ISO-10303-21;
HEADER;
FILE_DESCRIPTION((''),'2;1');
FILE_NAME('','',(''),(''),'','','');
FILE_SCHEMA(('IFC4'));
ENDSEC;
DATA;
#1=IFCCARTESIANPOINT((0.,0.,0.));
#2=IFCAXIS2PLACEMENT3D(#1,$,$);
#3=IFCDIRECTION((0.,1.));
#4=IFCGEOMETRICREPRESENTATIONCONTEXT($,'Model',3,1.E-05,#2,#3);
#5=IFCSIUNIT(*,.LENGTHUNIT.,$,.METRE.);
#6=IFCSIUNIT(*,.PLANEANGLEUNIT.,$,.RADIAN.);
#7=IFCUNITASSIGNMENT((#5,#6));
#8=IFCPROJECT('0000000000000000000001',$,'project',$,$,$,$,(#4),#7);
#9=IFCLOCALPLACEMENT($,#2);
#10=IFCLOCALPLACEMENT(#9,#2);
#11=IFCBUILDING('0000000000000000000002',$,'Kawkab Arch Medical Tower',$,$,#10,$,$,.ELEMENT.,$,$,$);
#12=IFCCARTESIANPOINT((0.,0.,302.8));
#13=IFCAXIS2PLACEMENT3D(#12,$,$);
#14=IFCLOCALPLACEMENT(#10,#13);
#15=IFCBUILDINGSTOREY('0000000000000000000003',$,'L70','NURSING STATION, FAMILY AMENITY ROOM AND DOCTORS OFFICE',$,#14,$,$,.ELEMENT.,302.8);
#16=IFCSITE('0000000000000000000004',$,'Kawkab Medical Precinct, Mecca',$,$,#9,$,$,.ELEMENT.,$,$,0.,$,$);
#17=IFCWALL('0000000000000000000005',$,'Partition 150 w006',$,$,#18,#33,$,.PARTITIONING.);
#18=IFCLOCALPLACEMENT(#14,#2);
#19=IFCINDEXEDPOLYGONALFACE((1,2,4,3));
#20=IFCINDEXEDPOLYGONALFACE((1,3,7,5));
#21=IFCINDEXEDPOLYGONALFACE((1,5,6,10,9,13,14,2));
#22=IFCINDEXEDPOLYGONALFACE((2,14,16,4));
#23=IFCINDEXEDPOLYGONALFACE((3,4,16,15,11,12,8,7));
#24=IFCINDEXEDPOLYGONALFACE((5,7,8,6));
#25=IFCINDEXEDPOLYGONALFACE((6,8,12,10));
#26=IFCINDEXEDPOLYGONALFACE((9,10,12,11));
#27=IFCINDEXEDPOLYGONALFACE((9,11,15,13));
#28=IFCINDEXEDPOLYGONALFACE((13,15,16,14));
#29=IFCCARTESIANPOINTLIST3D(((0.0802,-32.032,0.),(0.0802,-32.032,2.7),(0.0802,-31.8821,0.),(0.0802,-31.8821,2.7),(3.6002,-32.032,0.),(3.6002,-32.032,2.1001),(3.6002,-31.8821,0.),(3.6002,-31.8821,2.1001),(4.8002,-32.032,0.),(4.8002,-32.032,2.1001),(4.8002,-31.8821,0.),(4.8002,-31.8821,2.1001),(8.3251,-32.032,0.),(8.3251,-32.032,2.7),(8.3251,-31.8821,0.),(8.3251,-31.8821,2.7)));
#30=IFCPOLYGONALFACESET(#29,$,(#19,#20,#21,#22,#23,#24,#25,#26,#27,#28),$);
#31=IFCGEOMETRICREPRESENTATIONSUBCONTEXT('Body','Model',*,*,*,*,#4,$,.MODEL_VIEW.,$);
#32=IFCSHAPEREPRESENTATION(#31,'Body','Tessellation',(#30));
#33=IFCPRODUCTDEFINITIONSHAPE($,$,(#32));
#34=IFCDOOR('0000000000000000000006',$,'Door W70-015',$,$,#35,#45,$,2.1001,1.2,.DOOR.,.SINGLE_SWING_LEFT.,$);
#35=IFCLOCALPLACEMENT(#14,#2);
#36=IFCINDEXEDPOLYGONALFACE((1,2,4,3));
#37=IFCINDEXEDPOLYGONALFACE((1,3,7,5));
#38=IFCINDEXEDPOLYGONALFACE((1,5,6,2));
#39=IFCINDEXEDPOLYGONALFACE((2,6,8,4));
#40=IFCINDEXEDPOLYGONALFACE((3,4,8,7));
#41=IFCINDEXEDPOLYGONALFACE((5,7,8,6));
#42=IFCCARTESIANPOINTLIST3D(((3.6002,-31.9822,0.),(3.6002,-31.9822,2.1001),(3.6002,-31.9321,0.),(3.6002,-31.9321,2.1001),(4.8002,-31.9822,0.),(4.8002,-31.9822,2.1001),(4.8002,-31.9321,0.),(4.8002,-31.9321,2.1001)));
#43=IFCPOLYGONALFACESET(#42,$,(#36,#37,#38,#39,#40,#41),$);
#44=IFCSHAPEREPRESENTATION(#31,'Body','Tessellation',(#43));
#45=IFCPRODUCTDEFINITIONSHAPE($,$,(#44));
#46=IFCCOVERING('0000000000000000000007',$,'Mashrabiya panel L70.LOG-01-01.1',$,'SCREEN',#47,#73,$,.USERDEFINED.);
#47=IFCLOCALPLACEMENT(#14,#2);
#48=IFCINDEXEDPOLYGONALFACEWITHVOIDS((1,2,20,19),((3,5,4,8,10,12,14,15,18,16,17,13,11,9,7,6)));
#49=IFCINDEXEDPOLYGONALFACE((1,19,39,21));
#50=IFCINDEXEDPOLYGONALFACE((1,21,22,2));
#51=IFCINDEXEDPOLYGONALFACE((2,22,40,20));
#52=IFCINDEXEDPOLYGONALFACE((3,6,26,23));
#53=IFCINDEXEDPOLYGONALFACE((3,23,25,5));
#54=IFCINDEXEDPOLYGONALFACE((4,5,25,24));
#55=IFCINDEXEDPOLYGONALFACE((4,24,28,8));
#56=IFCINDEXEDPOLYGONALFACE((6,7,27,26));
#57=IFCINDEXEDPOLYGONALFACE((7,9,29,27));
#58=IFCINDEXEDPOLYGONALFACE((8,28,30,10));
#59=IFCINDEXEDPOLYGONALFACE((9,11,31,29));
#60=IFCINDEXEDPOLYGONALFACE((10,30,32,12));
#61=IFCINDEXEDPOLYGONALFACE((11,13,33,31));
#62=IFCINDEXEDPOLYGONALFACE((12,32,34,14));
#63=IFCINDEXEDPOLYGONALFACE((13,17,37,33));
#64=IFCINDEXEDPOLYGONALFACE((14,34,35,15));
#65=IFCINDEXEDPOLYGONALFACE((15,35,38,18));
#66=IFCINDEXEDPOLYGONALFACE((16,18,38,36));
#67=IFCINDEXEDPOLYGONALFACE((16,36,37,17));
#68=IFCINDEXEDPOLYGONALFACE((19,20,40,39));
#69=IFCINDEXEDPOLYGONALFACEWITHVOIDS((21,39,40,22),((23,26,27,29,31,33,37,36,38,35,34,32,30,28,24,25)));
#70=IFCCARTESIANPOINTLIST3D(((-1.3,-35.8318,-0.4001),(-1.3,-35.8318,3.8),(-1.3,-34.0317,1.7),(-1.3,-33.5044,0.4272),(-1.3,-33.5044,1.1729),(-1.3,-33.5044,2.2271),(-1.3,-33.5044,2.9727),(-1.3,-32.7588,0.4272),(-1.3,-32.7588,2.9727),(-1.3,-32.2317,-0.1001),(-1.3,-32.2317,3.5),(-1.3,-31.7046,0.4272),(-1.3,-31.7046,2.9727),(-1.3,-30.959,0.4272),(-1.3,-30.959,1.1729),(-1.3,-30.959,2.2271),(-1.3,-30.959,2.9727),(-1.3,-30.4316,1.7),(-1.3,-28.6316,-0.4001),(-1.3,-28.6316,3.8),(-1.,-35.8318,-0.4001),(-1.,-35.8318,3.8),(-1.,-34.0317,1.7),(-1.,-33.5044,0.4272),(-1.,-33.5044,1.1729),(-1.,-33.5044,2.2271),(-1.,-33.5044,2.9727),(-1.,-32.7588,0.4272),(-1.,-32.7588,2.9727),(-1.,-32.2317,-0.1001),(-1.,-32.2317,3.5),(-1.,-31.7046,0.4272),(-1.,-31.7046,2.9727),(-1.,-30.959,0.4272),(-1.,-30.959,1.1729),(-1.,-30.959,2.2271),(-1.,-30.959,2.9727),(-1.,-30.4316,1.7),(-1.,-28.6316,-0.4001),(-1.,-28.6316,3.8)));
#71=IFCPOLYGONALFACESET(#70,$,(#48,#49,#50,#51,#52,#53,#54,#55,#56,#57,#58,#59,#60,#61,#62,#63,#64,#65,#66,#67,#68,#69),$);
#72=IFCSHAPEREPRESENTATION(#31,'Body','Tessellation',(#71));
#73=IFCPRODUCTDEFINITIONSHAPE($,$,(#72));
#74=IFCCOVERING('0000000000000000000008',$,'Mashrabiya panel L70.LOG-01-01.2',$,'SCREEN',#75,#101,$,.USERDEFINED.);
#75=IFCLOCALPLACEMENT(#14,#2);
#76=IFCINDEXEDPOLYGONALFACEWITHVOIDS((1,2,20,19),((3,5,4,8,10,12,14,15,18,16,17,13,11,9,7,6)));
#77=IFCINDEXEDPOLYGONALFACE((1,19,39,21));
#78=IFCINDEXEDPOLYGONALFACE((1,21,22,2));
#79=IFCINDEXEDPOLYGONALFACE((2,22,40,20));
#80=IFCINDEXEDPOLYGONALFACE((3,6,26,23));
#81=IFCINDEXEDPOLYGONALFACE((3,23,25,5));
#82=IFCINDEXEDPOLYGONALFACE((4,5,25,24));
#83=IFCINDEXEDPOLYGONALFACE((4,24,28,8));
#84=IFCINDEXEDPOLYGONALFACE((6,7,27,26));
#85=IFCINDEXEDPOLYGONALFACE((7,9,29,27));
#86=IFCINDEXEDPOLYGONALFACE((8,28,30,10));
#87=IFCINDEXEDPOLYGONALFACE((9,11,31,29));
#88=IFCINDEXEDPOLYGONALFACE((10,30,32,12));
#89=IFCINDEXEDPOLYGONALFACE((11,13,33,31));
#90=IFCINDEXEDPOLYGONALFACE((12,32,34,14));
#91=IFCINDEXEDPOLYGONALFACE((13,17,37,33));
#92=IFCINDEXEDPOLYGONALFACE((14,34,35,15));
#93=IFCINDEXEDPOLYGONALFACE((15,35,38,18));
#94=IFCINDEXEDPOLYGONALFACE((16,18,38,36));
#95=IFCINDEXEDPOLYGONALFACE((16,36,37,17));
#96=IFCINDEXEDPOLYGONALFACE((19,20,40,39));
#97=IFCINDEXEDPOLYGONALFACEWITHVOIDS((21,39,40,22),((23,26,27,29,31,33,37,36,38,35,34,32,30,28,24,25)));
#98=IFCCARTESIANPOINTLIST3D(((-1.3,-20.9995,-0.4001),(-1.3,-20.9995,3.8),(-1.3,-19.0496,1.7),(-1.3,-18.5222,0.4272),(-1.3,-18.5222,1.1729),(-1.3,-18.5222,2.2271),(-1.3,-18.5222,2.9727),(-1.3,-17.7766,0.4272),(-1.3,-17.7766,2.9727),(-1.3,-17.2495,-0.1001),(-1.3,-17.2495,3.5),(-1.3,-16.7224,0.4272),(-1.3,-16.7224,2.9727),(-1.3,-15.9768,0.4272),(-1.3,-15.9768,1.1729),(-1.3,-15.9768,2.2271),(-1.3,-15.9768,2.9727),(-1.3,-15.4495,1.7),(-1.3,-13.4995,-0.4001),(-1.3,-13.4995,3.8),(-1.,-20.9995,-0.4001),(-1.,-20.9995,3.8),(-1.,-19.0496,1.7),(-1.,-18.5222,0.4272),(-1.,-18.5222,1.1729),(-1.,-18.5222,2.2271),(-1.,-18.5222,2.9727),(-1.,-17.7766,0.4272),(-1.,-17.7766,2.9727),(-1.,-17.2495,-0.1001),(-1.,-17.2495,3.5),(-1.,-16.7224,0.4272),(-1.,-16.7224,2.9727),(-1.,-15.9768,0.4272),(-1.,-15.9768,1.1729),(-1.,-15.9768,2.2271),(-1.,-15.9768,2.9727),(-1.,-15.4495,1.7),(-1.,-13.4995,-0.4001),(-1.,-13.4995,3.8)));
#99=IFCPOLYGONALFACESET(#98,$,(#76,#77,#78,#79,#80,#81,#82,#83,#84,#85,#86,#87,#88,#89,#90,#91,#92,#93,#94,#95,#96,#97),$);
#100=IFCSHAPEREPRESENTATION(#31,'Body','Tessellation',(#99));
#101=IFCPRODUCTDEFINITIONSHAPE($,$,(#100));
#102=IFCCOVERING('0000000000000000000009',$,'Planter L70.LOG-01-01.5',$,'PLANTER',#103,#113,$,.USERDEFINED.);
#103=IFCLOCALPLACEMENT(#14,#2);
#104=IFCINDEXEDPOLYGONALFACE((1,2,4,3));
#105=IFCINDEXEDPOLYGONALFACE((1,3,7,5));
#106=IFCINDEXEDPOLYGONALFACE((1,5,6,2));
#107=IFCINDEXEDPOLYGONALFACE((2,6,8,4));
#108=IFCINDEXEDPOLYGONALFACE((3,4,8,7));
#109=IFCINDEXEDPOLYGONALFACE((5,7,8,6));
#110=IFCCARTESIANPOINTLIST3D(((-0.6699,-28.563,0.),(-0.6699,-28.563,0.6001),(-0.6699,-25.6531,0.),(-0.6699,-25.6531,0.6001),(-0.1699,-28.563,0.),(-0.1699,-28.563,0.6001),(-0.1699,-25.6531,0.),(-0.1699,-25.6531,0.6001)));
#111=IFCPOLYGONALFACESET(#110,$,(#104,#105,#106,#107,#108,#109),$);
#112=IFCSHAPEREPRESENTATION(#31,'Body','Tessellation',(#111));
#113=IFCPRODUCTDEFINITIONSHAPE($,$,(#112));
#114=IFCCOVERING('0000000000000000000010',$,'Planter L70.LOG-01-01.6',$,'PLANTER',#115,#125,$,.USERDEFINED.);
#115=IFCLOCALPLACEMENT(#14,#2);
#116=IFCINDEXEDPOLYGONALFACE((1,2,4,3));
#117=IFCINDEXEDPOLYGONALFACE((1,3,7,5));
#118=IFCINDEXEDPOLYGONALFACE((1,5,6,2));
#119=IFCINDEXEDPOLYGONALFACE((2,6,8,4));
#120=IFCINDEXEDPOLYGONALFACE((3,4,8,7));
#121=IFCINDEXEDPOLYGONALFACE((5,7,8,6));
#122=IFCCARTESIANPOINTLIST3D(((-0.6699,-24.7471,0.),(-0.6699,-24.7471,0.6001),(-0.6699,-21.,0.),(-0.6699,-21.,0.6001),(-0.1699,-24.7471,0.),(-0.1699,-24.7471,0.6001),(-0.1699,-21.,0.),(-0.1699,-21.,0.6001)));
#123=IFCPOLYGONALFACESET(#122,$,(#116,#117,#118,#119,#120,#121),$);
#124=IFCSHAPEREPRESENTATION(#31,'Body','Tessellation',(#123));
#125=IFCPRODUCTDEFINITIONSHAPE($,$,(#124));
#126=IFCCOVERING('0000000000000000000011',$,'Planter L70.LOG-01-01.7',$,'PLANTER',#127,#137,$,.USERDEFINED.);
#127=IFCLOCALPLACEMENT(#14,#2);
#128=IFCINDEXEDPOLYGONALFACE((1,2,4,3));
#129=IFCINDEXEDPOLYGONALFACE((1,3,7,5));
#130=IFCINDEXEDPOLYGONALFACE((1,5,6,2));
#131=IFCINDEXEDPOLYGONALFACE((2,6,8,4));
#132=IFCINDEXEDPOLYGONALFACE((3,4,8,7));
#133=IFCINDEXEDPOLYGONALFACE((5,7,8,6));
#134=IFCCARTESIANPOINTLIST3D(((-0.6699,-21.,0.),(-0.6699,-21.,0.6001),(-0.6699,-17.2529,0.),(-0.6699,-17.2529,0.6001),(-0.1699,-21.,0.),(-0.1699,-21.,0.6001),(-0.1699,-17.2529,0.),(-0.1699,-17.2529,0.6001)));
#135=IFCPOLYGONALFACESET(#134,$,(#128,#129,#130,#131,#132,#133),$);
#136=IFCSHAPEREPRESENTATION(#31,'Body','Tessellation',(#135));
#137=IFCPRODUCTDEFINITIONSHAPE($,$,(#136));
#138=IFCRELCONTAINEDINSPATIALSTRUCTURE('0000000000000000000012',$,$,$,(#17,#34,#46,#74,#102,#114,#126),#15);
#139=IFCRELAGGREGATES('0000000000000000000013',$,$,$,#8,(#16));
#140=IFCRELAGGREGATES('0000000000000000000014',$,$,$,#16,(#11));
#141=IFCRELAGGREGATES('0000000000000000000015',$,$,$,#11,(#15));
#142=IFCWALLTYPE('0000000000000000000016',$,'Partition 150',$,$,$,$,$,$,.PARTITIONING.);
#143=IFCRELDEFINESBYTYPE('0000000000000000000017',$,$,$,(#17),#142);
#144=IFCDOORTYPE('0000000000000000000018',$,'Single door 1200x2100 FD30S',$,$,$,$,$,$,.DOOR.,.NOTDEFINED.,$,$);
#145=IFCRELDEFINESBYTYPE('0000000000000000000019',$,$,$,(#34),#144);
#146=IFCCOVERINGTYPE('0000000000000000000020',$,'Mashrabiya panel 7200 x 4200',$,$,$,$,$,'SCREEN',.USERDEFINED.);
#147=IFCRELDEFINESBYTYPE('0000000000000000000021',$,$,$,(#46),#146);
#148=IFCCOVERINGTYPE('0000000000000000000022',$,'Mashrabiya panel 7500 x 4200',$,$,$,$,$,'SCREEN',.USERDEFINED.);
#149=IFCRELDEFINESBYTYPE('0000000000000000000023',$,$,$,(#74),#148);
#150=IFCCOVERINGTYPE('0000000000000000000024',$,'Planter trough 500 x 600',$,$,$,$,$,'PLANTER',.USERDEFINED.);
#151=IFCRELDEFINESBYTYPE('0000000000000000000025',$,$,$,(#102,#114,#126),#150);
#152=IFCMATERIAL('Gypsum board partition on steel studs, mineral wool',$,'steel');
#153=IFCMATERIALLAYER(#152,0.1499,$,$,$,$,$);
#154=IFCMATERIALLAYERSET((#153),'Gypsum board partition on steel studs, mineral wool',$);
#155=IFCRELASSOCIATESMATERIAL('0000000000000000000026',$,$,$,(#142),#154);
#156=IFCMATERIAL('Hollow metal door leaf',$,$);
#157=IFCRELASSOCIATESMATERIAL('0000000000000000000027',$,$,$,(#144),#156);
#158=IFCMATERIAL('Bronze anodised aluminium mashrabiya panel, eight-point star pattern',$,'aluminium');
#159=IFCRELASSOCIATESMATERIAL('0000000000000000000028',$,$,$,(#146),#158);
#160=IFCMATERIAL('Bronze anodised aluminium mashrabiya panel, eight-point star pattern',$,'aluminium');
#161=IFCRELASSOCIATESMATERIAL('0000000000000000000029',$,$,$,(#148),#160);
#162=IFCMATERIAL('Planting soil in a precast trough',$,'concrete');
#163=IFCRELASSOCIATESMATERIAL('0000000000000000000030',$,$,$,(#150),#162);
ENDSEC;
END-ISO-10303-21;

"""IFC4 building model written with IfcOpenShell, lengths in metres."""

from ifc_helpers import new_model, si_unit, direction, frame, frame_2d, origin, origin_2d, place, context, subcontext, project, spatial, polyline, rectangle, outline, extrude, material, layer, layer_set, material_profile, profile_set, type_object, element, fill, save


model = new_model("IFC4")

# Units and contexts
model_context = context("Model", 3, precision=1e-05, world=origin(), true_north=direction((0.0, 1.0)))
body_context = subcontext(model_context, "Body", "Model", "MODEL_VIEW")
ifc_project = project(units=[si_unit("LENGTHUNIT", "METRE"), si_unit("PLANEANGLEUNIT", "RADIAN")], contexts=[model_context])

# Site, building, storey
site_placement = place(None, origin())
site = spatial("IfcSite", under=ifc_project, at=site_placement, Name="Kawkab Medical Precinct, Mecca", CompositionType="ELEMENT", RefElevation=0.0)
building_placement = place(site_placement, origin())
building = spatial("IfcBuilding", under=site, at=building_placement, Name="Kawkab Arch Medical Tower", CompositionType="ELEMENT")
storey_placement = place(building_placement, frame((0.0, 0.0, 302.8)))
storey = spatial("IfcBuildingStorey", under=building, at=storey_placement, Name="L70", Description="NURSING STATION, FAMILY AMENITY ROOM AND DOCTORS OFFICE", CompositionType="ELEMENT", Elevation=302.8)

# Wall, opening, door
ifc_material_1 = material(Name="Gypsum board partition on steel studs, mineral wool", Category="steel")
ifc_layer_1 = layer(ifc_material_1, 0.1499)
ifc_layer_set_1 = layer_set([ifc_layer_1], Name="Gypsum board partition on steel studs, mineral wool")
wall_type = type_object("IfcWallType", Name="Partition 150", PredefinedType="PARTITIONING", material=ifc_layer_set_1)
wall_placement = place(storey_placement, frame((0.0801, -31.957, 0.0), z_axis=(0.0, 0.0, 1.0), x_axis=(1.0, 0.0, 0.0)))
wall = element("IfcWall", 1, at=wall_placement, inside=storey, type_object=wall_type, Name="Partition 150 w006", PredefinedType="PARTITIONING", context=body_context, shape_type="SweptSolid", body=[
    extrude(rectangle(XDim=8.2449, YDim=0.1499, at=frame_2d((4.1226, 0.0))), origin(), (0.0, 0.0, 1.0), 2.7),
])
opening_placement = place(wall_placement, frame((3.52, 0.0, 0.0)))
opening = element("IfcOpeningElement", 2, at=opening_placement, cuts=wall, PredefinedType="OPENING", context=body_context, shape_type="SweptSolid", body=[
    extrude(rectangle(XDim=1.2, YDim=2.1001, at=frame_2d((0.6001, 1.05))), frame((0.0, 0.085, 0.0), z_axis=(0.0, -1.0, 0.0), x_axis=(1.0, 0.0, 0.0)), (0.0, 0.0, 1.0), 0.1699),
])
ifc_material_2 = material(Name="Hollow metal door leaf")
door_type = type_object("IfcDoorType", Name="Single door 1200x2100 FD30S", OperationType="NOTDEFINED", PredefinedType="DOOR", material=ifc_material_2)
door_placement = place(opening_placement, origin())
door = element("IfcDoor", 3, at=door_placement, inside=storey, type_object=door_type, Name="Door W70-015", OperationType="SINGLE_SWING_LEFT", OverallHeight=2.1001, OverallWidth=1.2, PredefinedType="DOOR", context=body_context, shape_type="SweptSolid", body=[
    extrude(rectangle(XDim=1.2, YDim=2.1001, at=frame_2d((0.6001, 1.05))), frame((0.0, 0.0249, 0.0), z_axis=(0.0, -1.0, 0.0), x_axis=(1.0, 0.0, 0.0)), (0.0, 0.0, 1.0), 0.05),
])
fill(opening, door)

# Coverings
ifc_material_3 = material(Name="Bronze anodised aluminium mashrabiya panel, eight-point star pattern", Category="aluminium")
ifc_material_profile_1 = material_profile(ifc_material_3, outline(polyline([(-3.6001, -2.1001), (3.6001, -2.1001), (3.6001, 2.1001), (-3.6001, 2.1001), (-3.6001, -2.1001)]), holes=[polyline([(1.8, 0.0), (1.2727, 0.5271), (1.2727, 1.2727), (0.5271, 1.2727), (0.0, 1.8), (-0.5271, 1.2727), (-1.2727, 1.2727), (-1.2727, 0.5271), (-1.8, 0.0), (-1.2727, -0.5271), (-1.2727, -1.2727), (-0.5271, -1.2727), (0.0, -1.8), (0.5271, -1.2727), (1.2727, -1.2727), (1.2727, -0.5271), (1.8, 0.0)])]), Name="Mashrabiya panel 7200x4200")
ifc_profile_set_1 = profile_set([ifc_material_profile_1], Name="Bronze anodised aluminium mashrabiya panel, eight-point star pattern")
covering_type_1 = type_object("IfcCoveringType", Name="Mashrabiya panel 7200 x 4200", ElementType="SCREEN", PredefinedType="USERDEFINED", material=ifc_profile_set_1)
covering_1_placement = place(storey_placement, frame((-1.0, -32.2317, 1.7), z_axis=(-1.0, 0.0, 0.0), x_axis=(0.0, -1.0, 0.0)))
element("IfcCovering", 4, at=covering_1_placement, inside=storey, type_object=covering_type_1, Name="Mashrabiya panel L70.LOG-01-01.1", ObjectType="SCREEN", PredefinedType="USERDEFINED", context=body_context, shape_type="SweptSolid", body=[
    extrude(outline(polyline([(-3.6001, -2.1001), (3.6001, -2.1001), (3.6001, 2.1001), (-3.6001, 2.1001), (-3.6001, -2.1001)]), holes=[polyline([(1.8, 0.0), (1.2727, 0.5271), (1.2727, 1.2727), (0.5271, 1.2727), (0.0, 1.8), (-0.5271, 1.2727), (-1.2727, 1.2727), (-1.2727, 0.5271), (-1.8, 0.0), (-1.2727, -0.5271), (-1.2727, -1.2727), (-0.5271, -1.2727), (0.0, -1.8), (0.5271, -1.2727), (1.2727, -1.2727), (1.2727, -0.5271), (1.8, 0.0)])]), origin(), (0.0, 0.0, 1.0), 0.3),
])
ifc_material_4 = material(Name="Bronze anodised aluminium mashrabiya panel, eight-point star pattern", Category="aluminium")
ifc_material_profile_2 = material_profile(ifc_material_4, outline(polyline([(-3.75, -2.1001), (3.75, -2.1001), (3.75, 2.1001), (-3.75, 2.1001), (-3.75, -2.1001)]), holes=[polyline([(1.8, 0.0), (1.2727, 0.5271), (1.2727, 1.2727), (0.5271, 1.2727), (0.0, 1.8), (-0.5271, 1.2727), (-1.2727, 1.2727), (-1.2727, 0.5271), (-1.8, 0.0), (-1.2727, -0.5271), (-1.2727, -1.2727), (-0.5271, -1.2727), (0.0, -1.8), (0.5271, -1.2727), (1.2727, -1.2727), (1.2727, -0.5271), (1.8, 0.0)])]), Name="Mashrabiya panel 7500x4200")
ifc_profile_set_2 = profile_set([ifc_material_profile_2], Name="Bronze anodised aluminium mashrabiya panel, eight-point star pattern")
covering_type_2 = type_object("IfcCoveringType", Name="Mashrabiya panel 7500 x 4200", ElementType="SCREEN", PredefinedType="USERDEFINED", material=ifc_profile_set_2)
covering_2_placement = place(storey_placement, frame((-1.0, -17.2495, 1.7), z_axis=(-1.0, 0.0, 0.0), x_axis=(0.0, -1.0, 0.0)))
element("IfcCovering", 5, at=covering_2_placement, inside=storey, type_object=covering_type_2, Name="Mashrabiya panel L70.LOG-01-01.2", ObjectType="SCREEN", PredefinedType="USERDEFINED", context=body_context, shape_type="SweptSolid", body=[
    extrude(outline(polyline([(-3.75, -2.1001), (3.75, -2.1001), (3.75, 2.1001), (-3.75, 2.1001), (-3.75, -2.1001)]), holes=[polyline([(1.8, 0.0), (1.2727, 0.5271), (1.2727, 1.2727), (0.5271, 1.2727), (0.0, 1.8), (-0.5271, 1.2727), (-1.2727, 1.2727), (-1.2727, 0.5271), (-1.8, 0.0), (-1.2727, -0.5271), (-1.2727, -1.2727), (-0.5271, -1.2727), (0.0, -1.8), (0.5271, -1.2727), (1.2727, -1.2727), (1.2727, -0.5271), (1.8, 0.0)])]), origin(), (0.0, 0.0, 1.0), 0.3),
])
ifc_material_5 = material(Name="Planting soil in a precast trough", Category="concrete")
ifc_material_profile_3 = material_profile(ifc_material_5, rectangle(XDim=0.5, YDim=0.6001, at=origin_2d()), Name="Trough 500x600")
ifc_profile_set_3 = profile_set([ifc_material_profile_3], Name="Planting soil in a precast trough")
covering_type_3 = type_object("IfcCoveringType", Name="Planter trough 500 x 600", ElementType="PLANTER", PredefinedType="USERDEFINED", material=ifc_profile_set_3)
covering_3_placement = place(storey_placement, frame((-0.4199, -28.563, 0.3), z_axis=(0.0, 1.0, 0.0), x_axis=(-1.0, 0.0, 0.0)))
element("IfcCovering", 6, at=covering_3_placement, inside=storey, type_object=covering_type_3, Name="Planter L70.LOG-01-01.5", ObjectType="PLANTER", PredefinedType="USERDEFINED", context=body_context, shape_type="SweptSolid", body=[
    extrude(rectangle(XDim=0.5, YDim=0.6001, at=origin_2d()), origin(), (0.0, 0.0, 1.0), 2.9099),
])
for number, where, z_axis, x_axis, name in (
    (7, (-0.4199, -24.7471, 0.3), (0.0, 1.0, 0.0), (-1.0, 0.0, 0.0), "Planter L70.LOG-01-01.6"),
    (8, (-0.4199, -21.0, 0.3), (0.0, 1.0, 0.0), (-1.0, 0.0, 0.0), "Planter L70.LOG-01-01.7"),
):
    element("IfcCovering", number, at=place(storey_placement, frame(where, z_axis=z_axis, x_axis=x_axis)), inside=storey, type_object=covering_type_3, Name=name, ObjectType="PLANTER", PredefinedType="USERDEFINED", context=body_context, shape_type="SweptSolid", body=[
        extrude(rectangle(XDim=0.5, YDim=0.6001, at=origin_2d()), origin(), (0.0, 0.0, 1.0), 3.7471),
    ])

save(model, "model.ifc")
